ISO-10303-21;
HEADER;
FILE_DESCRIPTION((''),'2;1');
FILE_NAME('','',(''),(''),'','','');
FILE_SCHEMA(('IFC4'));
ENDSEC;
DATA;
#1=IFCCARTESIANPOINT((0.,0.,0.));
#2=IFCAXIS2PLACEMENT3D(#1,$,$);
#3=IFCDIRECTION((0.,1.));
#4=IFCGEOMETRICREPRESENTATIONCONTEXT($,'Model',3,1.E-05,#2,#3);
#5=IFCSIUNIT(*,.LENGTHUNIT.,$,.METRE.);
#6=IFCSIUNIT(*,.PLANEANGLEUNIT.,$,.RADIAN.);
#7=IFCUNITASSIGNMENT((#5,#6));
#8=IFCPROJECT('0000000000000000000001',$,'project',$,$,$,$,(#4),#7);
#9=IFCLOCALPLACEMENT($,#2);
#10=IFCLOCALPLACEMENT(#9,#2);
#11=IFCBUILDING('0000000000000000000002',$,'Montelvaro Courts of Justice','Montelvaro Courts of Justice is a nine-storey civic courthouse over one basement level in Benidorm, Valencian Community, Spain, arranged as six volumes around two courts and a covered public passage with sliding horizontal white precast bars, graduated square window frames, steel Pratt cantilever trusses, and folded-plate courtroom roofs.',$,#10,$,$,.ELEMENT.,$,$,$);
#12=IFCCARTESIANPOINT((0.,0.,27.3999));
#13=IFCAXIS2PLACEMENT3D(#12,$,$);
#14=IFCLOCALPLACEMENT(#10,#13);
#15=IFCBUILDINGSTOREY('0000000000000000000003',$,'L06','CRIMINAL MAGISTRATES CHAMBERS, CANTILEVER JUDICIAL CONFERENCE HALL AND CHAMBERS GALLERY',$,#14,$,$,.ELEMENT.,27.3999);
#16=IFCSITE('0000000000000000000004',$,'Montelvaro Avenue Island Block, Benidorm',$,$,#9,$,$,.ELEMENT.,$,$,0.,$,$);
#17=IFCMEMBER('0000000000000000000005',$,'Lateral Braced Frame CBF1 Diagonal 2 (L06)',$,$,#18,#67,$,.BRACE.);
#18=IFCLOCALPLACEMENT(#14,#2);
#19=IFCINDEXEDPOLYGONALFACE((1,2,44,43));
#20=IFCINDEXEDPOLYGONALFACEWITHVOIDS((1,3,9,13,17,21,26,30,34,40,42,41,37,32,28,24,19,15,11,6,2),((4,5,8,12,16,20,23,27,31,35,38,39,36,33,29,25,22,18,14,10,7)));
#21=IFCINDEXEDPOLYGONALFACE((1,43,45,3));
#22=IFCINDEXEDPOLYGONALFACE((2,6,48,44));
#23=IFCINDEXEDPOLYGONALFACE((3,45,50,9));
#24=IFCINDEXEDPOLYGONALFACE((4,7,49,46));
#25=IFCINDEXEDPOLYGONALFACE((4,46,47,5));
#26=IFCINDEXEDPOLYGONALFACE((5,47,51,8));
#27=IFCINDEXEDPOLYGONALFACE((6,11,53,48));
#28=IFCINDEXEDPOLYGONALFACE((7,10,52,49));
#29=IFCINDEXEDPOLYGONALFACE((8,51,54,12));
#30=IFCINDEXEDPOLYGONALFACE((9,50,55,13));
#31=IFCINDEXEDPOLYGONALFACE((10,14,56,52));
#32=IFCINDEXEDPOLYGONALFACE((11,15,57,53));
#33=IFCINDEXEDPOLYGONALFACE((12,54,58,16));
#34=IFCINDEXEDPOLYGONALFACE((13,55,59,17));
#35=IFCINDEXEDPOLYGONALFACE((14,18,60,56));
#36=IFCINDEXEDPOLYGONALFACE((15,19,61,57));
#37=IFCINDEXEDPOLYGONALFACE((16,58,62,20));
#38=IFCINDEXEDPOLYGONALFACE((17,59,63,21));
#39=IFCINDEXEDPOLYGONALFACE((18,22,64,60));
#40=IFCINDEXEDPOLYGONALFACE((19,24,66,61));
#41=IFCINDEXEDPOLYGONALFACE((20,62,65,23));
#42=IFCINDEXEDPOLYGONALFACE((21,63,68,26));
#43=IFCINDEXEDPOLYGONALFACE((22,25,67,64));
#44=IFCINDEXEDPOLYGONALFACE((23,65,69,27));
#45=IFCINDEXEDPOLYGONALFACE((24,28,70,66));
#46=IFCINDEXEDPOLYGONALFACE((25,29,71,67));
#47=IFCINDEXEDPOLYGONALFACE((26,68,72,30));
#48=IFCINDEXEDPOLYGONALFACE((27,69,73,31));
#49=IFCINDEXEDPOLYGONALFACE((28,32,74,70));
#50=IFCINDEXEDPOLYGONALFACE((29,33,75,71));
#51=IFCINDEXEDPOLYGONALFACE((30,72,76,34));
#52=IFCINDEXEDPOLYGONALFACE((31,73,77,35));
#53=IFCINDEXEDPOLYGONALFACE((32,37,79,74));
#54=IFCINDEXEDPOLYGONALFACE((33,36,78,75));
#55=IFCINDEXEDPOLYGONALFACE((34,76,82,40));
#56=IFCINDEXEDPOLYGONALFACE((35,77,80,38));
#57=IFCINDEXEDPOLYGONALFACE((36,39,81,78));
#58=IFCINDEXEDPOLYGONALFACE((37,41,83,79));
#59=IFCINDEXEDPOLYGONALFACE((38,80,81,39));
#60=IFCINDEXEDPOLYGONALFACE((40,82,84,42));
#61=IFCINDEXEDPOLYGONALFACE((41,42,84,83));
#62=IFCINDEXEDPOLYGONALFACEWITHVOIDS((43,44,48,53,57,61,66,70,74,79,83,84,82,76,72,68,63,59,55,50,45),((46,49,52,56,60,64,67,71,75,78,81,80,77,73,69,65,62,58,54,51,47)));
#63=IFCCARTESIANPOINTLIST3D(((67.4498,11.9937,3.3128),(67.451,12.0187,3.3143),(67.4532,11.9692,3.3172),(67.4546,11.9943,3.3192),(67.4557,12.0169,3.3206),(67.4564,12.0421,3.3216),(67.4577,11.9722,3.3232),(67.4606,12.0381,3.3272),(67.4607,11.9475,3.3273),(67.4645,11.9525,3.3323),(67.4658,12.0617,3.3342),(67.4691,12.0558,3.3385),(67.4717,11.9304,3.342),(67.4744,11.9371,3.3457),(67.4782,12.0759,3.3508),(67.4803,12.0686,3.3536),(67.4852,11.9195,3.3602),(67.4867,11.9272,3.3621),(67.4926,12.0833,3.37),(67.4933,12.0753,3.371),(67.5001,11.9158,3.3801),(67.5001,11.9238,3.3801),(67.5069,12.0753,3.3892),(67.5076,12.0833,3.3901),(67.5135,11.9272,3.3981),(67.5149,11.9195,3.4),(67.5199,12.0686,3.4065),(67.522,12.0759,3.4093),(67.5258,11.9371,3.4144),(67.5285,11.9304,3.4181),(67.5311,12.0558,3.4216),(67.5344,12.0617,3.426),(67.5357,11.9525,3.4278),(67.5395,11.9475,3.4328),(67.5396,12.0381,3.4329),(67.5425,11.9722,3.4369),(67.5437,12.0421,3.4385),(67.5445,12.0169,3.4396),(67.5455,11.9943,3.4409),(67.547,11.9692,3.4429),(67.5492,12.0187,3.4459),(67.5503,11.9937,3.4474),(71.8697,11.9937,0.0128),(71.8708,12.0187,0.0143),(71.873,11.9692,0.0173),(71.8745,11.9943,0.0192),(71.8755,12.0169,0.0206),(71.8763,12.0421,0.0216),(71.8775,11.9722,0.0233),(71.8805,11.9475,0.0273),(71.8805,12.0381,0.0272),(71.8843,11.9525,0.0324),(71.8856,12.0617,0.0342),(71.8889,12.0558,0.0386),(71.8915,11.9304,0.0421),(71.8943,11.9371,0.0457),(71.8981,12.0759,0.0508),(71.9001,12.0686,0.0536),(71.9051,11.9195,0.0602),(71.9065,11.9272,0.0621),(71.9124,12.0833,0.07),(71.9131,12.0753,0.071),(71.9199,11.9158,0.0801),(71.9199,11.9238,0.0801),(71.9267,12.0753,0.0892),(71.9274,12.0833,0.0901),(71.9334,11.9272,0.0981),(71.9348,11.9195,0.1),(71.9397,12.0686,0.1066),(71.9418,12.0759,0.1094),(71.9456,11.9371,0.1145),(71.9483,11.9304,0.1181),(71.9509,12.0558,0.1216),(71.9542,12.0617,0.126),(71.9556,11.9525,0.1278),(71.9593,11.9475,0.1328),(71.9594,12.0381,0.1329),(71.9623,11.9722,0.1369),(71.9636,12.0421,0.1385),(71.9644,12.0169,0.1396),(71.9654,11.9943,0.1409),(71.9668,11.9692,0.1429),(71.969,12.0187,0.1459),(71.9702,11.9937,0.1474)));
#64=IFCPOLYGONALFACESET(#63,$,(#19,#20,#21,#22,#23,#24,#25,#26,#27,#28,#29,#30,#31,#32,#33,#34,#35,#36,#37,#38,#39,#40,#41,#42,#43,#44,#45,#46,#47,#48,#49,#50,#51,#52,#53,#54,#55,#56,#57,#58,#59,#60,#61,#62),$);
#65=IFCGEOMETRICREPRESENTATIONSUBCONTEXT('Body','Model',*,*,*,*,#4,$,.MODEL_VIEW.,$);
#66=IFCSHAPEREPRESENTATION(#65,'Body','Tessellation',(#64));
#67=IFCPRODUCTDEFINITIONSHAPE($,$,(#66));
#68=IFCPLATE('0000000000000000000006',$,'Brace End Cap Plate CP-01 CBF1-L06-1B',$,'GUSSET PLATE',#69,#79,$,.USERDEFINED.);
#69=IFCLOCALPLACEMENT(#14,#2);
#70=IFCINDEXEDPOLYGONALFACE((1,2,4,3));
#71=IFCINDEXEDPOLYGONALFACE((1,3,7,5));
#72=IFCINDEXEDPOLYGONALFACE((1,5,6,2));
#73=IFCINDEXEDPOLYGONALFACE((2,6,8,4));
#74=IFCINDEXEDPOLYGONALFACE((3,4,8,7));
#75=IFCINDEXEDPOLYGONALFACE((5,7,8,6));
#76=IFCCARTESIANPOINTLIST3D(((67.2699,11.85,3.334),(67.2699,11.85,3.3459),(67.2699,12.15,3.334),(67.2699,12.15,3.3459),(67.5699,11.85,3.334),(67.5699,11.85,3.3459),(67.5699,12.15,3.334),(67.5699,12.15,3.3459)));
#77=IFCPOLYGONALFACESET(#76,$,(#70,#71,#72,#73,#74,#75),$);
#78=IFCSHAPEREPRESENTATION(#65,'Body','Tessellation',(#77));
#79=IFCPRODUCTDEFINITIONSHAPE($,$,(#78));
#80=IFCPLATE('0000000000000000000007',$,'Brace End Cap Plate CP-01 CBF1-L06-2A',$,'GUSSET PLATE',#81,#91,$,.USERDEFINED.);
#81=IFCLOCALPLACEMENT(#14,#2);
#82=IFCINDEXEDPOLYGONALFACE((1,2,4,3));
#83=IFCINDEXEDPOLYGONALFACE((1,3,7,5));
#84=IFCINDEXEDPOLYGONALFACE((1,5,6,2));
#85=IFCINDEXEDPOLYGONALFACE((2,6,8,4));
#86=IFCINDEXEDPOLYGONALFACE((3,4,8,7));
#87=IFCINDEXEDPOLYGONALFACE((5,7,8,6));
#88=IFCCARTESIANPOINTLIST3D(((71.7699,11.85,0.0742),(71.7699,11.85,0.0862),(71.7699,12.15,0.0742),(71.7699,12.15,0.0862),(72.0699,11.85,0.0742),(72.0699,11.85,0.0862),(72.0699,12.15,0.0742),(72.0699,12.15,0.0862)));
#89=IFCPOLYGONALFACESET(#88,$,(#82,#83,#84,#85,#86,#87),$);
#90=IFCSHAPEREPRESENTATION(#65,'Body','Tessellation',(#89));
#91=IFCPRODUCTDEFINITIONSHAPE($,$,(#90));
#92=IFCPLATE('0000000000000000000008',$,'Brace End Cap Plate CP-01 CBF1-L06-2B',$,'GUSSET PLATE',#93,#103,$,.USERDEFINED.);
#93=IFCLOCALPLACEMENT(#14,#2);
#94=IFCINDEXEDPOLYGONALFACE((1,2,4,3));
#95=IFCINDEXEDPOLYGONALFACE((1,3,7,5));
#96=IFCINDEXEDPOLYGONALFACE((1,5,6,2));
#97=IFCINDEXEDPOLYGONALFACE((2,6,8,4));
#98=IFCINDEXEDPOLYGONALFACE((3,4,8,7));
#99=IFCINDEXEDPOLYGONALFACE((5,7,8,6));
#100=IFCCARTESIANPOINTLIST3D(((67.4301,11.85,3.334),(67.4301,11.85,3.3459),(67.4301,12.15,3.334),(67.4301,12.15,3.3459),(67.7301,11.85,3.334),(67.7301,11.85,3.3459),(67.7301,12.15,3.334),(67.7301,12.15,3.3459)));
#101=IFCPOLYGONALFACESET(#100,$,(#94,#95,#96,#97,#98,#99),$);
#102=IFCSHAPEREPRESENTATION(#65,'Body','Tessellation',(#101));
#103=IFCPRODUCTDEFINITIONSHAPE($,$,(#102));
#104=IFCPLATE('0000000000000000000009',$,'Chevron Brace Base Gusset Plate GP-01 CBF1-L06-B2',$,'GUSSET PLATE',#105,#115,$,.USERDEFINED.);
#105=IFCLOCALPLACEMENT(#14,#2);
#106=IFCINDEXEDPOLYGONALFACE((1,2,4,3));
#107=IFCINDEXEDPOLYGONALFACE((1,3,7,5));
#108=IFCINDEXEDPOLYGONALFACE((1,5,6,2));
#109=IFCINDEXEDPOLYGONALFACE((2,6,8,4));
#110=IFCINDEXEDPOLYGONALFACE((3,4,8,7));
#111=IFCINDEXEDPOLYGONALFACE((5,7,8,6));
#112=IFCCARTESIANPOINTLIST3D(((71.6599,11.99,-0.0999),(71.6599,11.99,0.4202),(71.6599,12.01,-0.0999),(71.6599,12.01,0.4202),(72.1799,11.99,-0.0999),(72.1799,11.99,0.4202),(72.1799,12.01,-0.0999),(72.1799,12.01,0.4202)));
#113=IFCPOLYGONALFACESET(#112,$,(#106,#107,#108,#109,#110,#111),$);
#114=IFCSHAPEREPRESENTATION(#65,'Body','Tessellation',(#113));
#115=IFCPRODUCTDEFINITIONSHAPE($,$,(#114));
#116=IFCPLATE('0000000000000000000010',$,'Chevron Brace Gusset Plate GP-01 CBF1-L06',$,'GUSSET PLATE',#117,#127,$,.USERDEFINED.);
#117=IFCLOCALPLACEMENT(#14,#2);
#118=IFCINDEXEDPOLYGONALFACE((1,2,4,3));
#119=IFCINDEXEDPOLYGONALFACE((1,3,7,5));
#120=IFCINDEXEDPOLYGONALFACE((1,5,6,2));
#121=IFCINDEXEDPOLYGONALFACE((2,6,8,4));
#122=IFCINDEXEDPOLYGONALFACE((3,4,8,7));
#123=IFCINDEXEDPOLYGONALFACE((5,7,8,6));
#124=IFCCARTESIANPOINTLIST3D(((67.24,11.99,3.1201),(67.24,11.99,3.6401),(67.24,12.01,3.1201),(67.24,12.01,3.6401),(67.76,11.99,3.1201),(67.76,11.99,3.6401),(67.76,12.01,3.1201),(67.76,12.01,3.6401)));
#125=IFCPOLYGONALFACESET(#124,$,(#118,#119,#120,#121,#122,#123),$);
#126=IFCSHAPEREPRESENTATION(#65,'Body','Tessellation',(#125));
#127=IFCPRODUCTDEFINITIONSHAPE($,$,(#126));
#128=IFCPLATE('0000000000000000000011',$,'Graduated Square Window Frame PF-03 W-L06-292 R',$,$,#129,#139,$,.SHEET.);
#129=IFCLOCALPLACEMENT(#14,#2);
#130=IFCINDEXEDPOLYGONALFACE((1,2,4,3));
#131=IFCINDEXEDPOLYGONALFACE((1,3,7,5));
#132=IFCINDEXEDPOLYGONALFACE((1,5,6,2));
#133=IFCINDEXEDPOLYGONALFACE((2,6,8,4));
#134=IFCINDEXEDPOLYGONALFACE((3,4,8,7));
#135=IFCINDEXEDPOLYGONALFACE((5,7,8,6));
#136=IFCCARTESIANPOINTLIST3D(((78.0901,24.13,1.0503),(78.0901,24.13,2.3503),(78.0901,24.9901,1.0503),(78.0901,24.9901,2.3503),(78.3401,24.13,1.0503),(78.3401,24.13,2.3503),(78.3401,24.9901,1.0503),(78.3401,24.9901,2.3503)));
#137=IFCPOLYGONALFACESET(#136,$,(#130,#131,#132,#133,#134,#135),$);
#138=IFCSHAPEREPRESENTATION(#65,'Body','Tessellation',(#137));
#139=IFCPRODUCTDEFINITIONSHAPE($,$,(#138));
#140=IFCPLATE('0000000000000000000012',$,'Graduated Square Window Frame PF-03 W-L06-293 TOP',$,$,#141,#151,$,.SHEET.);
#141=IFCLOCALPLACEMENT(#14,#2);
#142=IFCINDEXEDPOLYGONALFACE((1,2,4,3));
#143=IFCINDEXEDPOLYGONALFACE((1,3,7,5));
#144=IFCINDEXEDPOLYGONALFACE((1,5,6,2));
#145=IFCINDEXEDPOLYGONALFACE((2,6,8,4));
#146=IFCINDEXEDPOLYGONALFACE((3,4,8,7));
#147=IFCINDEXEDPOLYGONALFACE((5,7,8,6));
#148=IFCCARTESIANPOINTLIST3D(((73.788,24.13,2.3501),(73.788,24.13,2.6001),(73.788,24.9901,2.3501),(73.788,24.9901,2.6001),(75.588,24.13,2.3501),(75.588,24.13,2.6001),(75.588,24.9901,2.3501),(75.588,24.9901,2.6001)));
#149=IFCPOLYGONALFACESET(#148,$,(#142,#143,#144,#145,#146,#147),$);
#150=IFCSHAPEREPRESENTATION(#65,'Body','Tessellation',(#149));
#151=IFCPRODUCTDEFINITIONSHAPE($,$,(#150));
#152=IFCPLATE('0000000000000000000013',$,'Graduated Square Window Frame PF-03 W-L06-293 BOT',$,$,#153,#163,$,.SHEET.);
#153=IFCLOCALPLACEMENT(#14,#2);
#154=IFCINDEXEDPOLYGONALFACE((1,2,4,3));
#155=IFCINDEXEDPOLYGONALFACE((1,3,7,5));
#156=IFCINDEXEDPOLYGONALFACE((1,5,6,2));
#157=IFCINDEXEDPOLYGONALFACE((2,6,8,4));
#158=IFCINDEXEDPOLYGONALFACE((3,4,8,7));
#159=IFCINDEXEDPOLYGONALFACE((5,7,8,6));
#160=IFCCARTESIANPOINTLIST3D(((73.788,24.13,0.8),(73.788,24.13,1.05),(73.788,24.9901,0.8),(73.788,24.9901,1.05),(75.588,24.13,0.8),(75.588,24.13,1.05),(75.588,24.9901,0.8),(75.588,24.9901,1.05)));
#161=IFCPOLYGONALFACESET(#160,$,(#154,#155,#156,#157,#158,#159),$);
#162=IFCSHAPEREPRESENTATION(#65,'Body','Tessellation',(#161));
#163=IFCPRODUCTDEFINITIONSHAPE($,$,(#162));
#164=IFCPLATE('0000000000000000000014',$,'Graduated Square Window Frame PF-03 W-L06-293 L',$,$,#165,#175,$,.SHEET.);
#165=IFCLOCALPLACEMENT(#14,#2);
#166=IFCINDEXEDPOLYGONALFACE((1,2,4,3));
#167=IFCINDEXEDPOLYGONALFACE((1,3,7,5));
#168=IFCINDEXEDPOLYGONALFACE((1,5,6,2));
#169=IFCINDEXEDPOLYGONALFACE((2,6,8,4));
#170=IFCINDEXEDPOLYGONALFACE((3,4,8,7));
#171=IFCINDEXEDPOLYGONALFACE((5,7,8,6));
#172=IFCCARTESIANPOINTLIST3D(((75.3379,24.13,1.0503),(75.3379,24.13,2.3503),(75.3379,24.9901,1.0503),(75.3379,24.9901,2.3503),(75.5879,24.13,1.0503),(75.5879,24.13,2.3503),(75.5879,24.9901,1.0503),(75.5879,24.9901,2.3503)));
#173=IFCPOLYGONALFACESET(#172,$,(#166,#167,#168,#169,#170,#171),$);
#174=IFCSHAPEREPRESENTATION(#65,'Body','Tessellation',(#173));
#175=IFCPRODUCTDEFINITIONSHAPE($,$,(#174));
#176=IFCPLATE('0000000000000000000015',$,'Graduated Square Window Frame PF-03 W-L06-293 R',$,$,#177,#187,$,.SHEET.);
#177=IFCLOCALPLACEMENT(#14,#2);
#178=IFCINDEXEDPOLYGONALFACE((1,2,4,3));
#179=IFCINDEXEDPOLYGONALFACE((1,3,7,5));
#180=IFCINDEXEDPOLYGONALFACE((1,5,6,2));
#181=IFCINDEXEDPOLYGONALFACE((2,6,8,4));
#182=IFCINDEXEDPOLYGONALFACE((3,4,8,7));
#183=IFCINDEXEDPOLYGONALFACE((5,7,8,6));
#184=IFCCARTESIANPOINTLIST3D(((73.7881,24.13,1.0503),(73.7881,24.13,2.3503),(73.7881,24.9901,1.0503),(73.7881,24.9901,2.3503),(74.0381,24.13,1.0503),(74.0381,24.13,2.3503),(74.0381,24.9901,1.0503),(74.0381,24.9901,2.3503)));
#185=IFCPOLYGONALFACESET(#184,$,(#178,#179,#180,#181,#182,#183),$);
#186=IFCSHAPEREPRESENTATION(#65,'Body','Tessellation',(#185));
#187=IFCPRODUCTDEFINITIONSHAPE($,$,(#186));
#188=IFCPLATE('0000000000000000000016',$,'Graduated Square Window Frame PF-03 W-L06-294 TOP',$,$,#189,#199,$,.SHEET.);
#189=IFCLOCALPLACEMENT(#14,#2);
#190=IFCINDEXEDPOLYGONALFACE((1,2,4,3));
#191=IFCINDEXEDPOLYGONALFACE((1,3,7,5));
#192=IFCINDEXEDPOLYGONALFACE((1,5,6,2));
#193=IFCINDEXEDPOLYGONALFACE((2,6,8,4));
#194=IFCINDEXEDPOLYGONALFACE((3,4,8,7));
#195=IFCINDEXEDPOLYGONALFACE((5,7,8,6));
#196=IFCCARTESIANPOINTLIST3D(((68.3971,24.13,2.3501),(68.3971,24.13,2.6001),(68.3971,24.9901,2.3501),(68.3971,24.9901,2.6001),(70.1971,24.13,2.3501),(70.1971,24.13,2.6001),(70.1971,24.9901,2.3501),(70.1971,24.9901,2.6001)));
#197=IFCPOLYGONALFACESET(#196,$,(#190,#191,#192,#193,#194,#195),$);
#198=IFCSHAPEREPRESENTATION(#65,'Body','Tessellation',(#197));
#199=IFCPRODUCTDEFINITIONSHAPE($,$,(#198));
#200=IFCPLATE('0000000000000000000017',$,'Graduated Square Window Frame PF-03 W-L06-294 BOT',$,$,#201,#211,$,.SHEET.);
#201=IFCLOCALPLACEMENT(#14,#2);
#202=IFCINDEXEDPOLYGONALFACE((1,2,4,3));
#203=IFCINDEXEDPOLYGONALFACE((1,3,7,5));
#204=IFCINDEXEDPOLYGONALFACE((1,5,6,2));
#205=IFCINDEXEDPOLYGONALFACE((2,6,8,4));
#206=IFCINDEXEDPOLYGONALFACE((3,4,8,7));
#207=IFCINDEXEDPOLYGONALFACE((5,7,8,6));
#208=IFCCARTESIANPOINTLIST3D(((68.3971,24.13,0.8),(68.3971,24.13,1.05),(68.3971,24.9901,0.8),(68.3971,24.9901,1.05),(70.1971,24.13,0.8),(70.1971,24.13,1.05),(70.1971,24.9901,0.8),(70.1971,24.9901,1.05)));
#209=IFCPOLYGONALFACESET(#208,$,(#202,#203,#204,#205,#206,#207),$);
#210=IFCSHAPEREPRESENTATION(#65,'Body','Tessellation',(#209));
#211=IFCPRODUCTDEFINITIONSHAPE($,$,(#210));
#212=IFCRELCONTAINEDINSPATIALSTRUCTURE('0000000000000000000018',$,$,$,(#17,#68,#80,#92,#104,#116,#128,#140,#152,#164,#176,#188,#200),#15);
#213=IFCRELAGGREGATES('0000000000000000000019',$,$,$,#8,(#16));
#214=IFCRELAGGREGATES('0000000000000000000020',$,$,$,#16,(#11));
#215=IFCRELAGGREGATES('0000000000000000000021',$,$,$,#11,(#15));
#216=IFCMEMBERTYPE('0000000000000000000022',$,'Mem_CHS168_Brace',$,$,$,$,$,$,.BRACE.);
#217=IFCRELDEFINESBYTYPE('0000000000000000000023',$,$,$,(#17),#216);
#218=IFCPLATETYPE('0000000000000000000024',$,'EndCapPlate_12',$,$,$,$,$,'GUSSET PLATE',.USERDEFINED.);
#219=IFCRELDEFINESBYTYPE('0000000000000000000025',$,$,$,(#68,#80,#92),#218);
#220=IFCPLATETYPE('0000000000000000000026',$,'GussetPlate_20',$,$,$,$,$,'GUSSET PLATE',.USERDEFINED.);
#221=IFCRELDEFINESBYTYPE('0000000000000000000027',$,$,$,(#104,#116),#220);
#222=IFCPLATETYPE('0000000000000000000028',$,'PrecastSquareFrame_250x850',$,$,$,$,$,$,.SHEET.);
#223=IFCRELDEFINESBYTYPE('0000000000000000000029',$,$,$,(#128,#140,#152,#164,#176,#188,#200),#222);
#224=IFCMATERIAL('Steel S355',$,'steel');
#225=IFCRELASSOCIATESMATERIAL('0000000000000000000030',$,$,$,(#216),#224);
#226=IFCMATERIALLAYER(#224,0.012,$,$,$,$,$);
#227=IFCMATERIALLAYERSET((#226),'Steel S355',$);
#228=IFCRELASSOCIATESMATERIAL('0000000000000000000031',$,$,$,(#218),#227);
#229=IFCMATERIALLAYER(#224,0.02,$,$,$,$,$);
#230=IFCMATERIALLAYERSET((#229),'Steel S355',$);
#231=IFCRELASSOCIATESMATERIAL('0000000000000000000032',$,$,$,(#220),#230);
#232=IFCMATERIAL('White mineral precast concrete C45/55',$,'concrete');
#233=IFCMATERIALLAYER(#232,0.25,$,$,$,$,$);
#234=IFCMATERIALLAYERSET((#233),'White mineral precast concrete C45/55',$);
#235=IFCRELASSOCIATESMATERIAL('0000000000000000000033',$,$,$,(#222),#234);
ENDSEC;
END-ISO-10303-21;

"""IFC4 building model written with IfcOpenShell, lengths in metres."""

from ifc_helpers import new_model, si_unit, direction, frame, origin, origin_2d, place, context, subcontext, project, spatial, rectangle, hollow_circle, extrude, material, layer, layer_set, material_profile, profile_set, type_object, element, save


model = new_model("IFC4")

# Units and contexts
model_context = context("Model", 3, precision=1e-05, world=origin(), true_north=direction((0.0, 1.0)))
body_context = subcontext(model_context, "Body", "Model", "MODEL_VIEW")
ifc_project = project(units=[si_unit("LENGTHUNIT", "METRE"), si_unit("PLANEANGLEUNIT", "RADIAN")], contexts=[model_context])

# Site, building, storey
site_placement = place(None, origin())
site = spatial("IfcSite", under=ifc_project, at=site_placement, Name="Montelvaro Avenue Island Block, Benidorm", CompositionType="ELEMENT", RefElevation=0.0)
building_placement = place(site_placement, origin())
building = spatial("IfcBuilding", under=site, at=building_placement, Name="Montelvaro Courts of Justice", Description="Montelvaro Courts of Justice is a nine-storey civic courthouse over one basement level in Benidorm, Valencian Community, Spain, arranged as six volumes around two courts and a covered public passage with sliding horizontal white precast bars, graduated square window frames, steel Pratt cantilever trusses, and folded-plate courtroom roofs.", CompositionType="ELEMENT")
storey_placement = place(building_placement, frame((0.0, 0.0, 27.3999)))
storey = spatial("IfcBuildingStorey", under=building, at=storey_placement, Name="L06", Description="CRIMINAL MAGISTRATES CHAMBERS, CANTILEVER JUDICIAL CONFERENCE HALL AND CHAMBERS GALLERY", CompositionType="ELEMENT", Elevation=27.3999)

# Shared definitions
ifc_material_1 = material(Name="Steel S355", Category="steel")

# Member
ifc_material_profile_1 = material_profile(ifc_material_1, hollow_circle(Radius=0.0842, WallThickness=0.0081, at=origin_2d()), Name="CHS 168.3x8")
ifc_profile_set_1 = profile_set([ifc_material_profile_1], Name="Steel S355")
member_type = type_object("IfcMemberType", Name="Mem_CHS168_Brace", PredefinedType="BRACE", material=ifc_profile_set_1)
member_placement = place(storey_placement, frame((71.9199, 12.0, 0.0801), z_axis=(-0.801294, 0.0, 0.598271), x_axis=(0.0, -1.0, 0.0)))
element("IfcMember", 1, at=member_placement, inside=storey, type_object=member_type, Name="Lateral Braced Frame CBF1 Diagonal 2 (L06)", PredefinedType="BRACE", context=body_context, shape_type="SweptSolid", body=[
    extrude(hollow_circle(Radius=0.0842, WallThickness=0.0081, at=origin_2d()), origin(), (0.0, 0.0, 1.0), 5.5159),
])

# Plates
ifc_layer_1 = layer(ifc_material_1, 0.012)
ifc_layer_set_1 = layer_set([ifc_layer_1], Name="Steel S355")
plate_type_1 = type_object("IfcPlateType", Name="EndCapPlate_12", ElementType="GUSSET PLATE", PredefinedType="USERDEFINED", material=ifc_layer_set_1)
for number, where, z_axis, x_axis, name in (
    (2, (67.4199, 12.0, 3.334), (0.0, 0.0, 1.0), (1.0, 0.0, 0.0), "Brace End Cap Plate CP-01 CBF1-L06-1B"),
    (3, (71.9199, 12.0, 0.0742), (0.0, 0.0, 1.0), (1.0, 0.0, 0.0), "Brace End Cap Plate CP-01 CBF1-L06-2A"),
    (4, (67.5801, 12.0, 3.334), (0.0, 0.0, 1.0), (1.0, 0.0, 0.0), "Brace End Cap Plate CP-01 CBF1-L06-2B"),
):
    element("IfcPlate", number, at=place(storey_placement, frame(where, z_axis=z_axis, x_axis=x_axis)), inside=storey, type_object=plate_type_1, Name=name, ObjectType="GUSSET PLATE", PredefinedType="USERDEFINED", context=body_context, shape_type="SweptSolid", body=[
        extrude(rectangle(XDim=0.3, YDim=0.3, at=origin_2d()), origin(), (0.0, 0.0, 1.0), 0.012),
    ])
ifc_layer_2 = layer(ifc_material_1, 0.02)
ifc_layer_set_2 = layer_set([ifc_layer_2], Name="Steel S355")
plate_type_2 = type_object("IfcPlateType", Name="GussetPlate_20", ElementType="GUSSET PLATE", PredefinedType="USERDEFINED", material=ifc_layer_set_2)
for number, where, z_axis, x_axis, name in (
    (5, (71.9199, 12.0, -0.0999), (0.0, 0.0, 1.0), (1.0, 0.0, 0.0), "Chevron Brace Base Gusset Plate GP-01 CBF1-L06-B2"),
    (6, (67.5, 12.0, 3.1201), (0.0, 0.0, 1.0), (1.0, 0.0, 0.0), "Chevron Brace Gusset Plate GP-01 CBF1-L06"),
):
    element("IfcPlate", number, at=place(storey_placement, frame(where, z_axis=z_axis, x_axis=x_axis)), inside=storey, type_object=plate_type_2, Name=name, ObjectType="GUSSET PLATE", PredefinedType="USERDEFINED", context=body_context, shape_type="SweptSolid", body=[
        extrude(rectangle(XDim=0.52, YDim=0.02, at=origin_2d()), origin(), (0.0, 0.0, 1.0), 0.52),
    ])
ifc_material_2 = material(Name="White mineral precast concrete C45/55", Category="concrete")
ifc_layer_3 = layer(ifc_material_2, 0.25)
ifc_layer_set_3 = layer_set([ifc_layer_3], Name="White mineral precast concrete C45/55")
plate_type_3 = type_object("IfcPlateType", Name="PrecastSquareFrame_250x850", PredefinedType="SHEET", material=ifc_layer_set_3)
plate_placement = place(storey_placement, frame((78.2151, 24.5601, 1.0503), z_axis=(0.0, 0.0, 1.0), x_axis=(-1.0, 0.0, 0.0)))
element("IfcPlate", 7, at=plate_placement, inside=storey, type_object=plate_type_3, Name="Graduated Square Window Frame PF-03 W-L06-292 R", PredefinedType="SHEET", context=body_context, shape_type="SweptSolid", body=[
    extrude(rectangle(XDim=0.25, YDim=0.8601, at=origin_2d()), origin(), (0.0, 0.0, 1.0), 1.3),
])
for number, where, z_axis, x_axis, name in (
    (8, (74.688, 24.5601, 2.3501), (0.0, 0.0, 1.0), (-1.0, 0.0, 0.0), "Graduated Square Window Frame PF-03 W-L06-293 TOP"),
    (9, (74.688, 24.5601, 0.8), (0.0, 0.0, 1.0), (-1.0, 0.0, 0.0), "Graduated Square Window Frame PF-03 W-L06-293 BOT"),
):
    element("IfcPlate", number, at=place(storey_placement, frame(where, z_axis=z_axis, x_axis=x_axis)), inside=storey, type_object=plate_type_3, Name=name, PredefinedType="SHEET", context=body_context, shape_type="SweptSolid", body=[
        extrude(rectangle(XDim=1.8, YDim=0.8601, at=origin_2d()), origin(), (0.0, 0.0, 1.0), 0.25),
    ])
for number, where, z_axis, x_axis, name in (
    (10, (75.4629, 24.5601, 1.0503), (0.0, 0.0, 1.0), (-1.0, 0.0, 0.0), "Graduated Square Window Frame PF-03 W-L06-293 L"),
    (11, (73.9131, 24.5601, 1.0503), (0.0, 0.0, 1.0), (-1.0, 0.0, 0.0), "Graduated Square Window Frame PF-03 W-L06-293 R"),
):
    element("IfcPlate", number, at=place(storey_placement, frame(where, z_axis=z_axis, x_axis=x_axis)), inside=storey, type_object=plate_type_3, Name=name, PredefinedType="SHEET", context=body_context, shape_type="SweptSolid", body=[
        extrude(rectangle(XDim=0.25, YDim=0.8601, at=origin_2d()), origin(), (0.0, 0.0, 1.0), 1.3),
    ])
for number, where, z_axis, x_axis, name in (
    (12, (69.2971, 24.5601, 2.3501), (0.0, 0.0, 1.0), (-1.0, 0.0, 0.0), "Graduated Square Window Frame PF-03 W-L06-294 TOP"),
    (13, (69.2971, 24.5601, 0.8), (0.0, 0.0, 1.0), (-1.0, 0.0, 0.0), "Graduated Square Window Frame PF-03 W-L06-294 BOT"),
):
    element("IfcPlate", number, at=place(storey_placement, frame(where, z_axis=z_axis, x_axis=x_axis)), inside=storey, type_object=plate_type_3, Name=name, PredefinedType="SHEET", context=body_context, shape_type="SweptSolid", body=[
        extrude(rectangle(XDim=1.8, YDim=0.8601, at=origin_2d()), origin(), (0.0, 0.0, 1.0), 0.25),
    ])

save(model, "model.ifc")
